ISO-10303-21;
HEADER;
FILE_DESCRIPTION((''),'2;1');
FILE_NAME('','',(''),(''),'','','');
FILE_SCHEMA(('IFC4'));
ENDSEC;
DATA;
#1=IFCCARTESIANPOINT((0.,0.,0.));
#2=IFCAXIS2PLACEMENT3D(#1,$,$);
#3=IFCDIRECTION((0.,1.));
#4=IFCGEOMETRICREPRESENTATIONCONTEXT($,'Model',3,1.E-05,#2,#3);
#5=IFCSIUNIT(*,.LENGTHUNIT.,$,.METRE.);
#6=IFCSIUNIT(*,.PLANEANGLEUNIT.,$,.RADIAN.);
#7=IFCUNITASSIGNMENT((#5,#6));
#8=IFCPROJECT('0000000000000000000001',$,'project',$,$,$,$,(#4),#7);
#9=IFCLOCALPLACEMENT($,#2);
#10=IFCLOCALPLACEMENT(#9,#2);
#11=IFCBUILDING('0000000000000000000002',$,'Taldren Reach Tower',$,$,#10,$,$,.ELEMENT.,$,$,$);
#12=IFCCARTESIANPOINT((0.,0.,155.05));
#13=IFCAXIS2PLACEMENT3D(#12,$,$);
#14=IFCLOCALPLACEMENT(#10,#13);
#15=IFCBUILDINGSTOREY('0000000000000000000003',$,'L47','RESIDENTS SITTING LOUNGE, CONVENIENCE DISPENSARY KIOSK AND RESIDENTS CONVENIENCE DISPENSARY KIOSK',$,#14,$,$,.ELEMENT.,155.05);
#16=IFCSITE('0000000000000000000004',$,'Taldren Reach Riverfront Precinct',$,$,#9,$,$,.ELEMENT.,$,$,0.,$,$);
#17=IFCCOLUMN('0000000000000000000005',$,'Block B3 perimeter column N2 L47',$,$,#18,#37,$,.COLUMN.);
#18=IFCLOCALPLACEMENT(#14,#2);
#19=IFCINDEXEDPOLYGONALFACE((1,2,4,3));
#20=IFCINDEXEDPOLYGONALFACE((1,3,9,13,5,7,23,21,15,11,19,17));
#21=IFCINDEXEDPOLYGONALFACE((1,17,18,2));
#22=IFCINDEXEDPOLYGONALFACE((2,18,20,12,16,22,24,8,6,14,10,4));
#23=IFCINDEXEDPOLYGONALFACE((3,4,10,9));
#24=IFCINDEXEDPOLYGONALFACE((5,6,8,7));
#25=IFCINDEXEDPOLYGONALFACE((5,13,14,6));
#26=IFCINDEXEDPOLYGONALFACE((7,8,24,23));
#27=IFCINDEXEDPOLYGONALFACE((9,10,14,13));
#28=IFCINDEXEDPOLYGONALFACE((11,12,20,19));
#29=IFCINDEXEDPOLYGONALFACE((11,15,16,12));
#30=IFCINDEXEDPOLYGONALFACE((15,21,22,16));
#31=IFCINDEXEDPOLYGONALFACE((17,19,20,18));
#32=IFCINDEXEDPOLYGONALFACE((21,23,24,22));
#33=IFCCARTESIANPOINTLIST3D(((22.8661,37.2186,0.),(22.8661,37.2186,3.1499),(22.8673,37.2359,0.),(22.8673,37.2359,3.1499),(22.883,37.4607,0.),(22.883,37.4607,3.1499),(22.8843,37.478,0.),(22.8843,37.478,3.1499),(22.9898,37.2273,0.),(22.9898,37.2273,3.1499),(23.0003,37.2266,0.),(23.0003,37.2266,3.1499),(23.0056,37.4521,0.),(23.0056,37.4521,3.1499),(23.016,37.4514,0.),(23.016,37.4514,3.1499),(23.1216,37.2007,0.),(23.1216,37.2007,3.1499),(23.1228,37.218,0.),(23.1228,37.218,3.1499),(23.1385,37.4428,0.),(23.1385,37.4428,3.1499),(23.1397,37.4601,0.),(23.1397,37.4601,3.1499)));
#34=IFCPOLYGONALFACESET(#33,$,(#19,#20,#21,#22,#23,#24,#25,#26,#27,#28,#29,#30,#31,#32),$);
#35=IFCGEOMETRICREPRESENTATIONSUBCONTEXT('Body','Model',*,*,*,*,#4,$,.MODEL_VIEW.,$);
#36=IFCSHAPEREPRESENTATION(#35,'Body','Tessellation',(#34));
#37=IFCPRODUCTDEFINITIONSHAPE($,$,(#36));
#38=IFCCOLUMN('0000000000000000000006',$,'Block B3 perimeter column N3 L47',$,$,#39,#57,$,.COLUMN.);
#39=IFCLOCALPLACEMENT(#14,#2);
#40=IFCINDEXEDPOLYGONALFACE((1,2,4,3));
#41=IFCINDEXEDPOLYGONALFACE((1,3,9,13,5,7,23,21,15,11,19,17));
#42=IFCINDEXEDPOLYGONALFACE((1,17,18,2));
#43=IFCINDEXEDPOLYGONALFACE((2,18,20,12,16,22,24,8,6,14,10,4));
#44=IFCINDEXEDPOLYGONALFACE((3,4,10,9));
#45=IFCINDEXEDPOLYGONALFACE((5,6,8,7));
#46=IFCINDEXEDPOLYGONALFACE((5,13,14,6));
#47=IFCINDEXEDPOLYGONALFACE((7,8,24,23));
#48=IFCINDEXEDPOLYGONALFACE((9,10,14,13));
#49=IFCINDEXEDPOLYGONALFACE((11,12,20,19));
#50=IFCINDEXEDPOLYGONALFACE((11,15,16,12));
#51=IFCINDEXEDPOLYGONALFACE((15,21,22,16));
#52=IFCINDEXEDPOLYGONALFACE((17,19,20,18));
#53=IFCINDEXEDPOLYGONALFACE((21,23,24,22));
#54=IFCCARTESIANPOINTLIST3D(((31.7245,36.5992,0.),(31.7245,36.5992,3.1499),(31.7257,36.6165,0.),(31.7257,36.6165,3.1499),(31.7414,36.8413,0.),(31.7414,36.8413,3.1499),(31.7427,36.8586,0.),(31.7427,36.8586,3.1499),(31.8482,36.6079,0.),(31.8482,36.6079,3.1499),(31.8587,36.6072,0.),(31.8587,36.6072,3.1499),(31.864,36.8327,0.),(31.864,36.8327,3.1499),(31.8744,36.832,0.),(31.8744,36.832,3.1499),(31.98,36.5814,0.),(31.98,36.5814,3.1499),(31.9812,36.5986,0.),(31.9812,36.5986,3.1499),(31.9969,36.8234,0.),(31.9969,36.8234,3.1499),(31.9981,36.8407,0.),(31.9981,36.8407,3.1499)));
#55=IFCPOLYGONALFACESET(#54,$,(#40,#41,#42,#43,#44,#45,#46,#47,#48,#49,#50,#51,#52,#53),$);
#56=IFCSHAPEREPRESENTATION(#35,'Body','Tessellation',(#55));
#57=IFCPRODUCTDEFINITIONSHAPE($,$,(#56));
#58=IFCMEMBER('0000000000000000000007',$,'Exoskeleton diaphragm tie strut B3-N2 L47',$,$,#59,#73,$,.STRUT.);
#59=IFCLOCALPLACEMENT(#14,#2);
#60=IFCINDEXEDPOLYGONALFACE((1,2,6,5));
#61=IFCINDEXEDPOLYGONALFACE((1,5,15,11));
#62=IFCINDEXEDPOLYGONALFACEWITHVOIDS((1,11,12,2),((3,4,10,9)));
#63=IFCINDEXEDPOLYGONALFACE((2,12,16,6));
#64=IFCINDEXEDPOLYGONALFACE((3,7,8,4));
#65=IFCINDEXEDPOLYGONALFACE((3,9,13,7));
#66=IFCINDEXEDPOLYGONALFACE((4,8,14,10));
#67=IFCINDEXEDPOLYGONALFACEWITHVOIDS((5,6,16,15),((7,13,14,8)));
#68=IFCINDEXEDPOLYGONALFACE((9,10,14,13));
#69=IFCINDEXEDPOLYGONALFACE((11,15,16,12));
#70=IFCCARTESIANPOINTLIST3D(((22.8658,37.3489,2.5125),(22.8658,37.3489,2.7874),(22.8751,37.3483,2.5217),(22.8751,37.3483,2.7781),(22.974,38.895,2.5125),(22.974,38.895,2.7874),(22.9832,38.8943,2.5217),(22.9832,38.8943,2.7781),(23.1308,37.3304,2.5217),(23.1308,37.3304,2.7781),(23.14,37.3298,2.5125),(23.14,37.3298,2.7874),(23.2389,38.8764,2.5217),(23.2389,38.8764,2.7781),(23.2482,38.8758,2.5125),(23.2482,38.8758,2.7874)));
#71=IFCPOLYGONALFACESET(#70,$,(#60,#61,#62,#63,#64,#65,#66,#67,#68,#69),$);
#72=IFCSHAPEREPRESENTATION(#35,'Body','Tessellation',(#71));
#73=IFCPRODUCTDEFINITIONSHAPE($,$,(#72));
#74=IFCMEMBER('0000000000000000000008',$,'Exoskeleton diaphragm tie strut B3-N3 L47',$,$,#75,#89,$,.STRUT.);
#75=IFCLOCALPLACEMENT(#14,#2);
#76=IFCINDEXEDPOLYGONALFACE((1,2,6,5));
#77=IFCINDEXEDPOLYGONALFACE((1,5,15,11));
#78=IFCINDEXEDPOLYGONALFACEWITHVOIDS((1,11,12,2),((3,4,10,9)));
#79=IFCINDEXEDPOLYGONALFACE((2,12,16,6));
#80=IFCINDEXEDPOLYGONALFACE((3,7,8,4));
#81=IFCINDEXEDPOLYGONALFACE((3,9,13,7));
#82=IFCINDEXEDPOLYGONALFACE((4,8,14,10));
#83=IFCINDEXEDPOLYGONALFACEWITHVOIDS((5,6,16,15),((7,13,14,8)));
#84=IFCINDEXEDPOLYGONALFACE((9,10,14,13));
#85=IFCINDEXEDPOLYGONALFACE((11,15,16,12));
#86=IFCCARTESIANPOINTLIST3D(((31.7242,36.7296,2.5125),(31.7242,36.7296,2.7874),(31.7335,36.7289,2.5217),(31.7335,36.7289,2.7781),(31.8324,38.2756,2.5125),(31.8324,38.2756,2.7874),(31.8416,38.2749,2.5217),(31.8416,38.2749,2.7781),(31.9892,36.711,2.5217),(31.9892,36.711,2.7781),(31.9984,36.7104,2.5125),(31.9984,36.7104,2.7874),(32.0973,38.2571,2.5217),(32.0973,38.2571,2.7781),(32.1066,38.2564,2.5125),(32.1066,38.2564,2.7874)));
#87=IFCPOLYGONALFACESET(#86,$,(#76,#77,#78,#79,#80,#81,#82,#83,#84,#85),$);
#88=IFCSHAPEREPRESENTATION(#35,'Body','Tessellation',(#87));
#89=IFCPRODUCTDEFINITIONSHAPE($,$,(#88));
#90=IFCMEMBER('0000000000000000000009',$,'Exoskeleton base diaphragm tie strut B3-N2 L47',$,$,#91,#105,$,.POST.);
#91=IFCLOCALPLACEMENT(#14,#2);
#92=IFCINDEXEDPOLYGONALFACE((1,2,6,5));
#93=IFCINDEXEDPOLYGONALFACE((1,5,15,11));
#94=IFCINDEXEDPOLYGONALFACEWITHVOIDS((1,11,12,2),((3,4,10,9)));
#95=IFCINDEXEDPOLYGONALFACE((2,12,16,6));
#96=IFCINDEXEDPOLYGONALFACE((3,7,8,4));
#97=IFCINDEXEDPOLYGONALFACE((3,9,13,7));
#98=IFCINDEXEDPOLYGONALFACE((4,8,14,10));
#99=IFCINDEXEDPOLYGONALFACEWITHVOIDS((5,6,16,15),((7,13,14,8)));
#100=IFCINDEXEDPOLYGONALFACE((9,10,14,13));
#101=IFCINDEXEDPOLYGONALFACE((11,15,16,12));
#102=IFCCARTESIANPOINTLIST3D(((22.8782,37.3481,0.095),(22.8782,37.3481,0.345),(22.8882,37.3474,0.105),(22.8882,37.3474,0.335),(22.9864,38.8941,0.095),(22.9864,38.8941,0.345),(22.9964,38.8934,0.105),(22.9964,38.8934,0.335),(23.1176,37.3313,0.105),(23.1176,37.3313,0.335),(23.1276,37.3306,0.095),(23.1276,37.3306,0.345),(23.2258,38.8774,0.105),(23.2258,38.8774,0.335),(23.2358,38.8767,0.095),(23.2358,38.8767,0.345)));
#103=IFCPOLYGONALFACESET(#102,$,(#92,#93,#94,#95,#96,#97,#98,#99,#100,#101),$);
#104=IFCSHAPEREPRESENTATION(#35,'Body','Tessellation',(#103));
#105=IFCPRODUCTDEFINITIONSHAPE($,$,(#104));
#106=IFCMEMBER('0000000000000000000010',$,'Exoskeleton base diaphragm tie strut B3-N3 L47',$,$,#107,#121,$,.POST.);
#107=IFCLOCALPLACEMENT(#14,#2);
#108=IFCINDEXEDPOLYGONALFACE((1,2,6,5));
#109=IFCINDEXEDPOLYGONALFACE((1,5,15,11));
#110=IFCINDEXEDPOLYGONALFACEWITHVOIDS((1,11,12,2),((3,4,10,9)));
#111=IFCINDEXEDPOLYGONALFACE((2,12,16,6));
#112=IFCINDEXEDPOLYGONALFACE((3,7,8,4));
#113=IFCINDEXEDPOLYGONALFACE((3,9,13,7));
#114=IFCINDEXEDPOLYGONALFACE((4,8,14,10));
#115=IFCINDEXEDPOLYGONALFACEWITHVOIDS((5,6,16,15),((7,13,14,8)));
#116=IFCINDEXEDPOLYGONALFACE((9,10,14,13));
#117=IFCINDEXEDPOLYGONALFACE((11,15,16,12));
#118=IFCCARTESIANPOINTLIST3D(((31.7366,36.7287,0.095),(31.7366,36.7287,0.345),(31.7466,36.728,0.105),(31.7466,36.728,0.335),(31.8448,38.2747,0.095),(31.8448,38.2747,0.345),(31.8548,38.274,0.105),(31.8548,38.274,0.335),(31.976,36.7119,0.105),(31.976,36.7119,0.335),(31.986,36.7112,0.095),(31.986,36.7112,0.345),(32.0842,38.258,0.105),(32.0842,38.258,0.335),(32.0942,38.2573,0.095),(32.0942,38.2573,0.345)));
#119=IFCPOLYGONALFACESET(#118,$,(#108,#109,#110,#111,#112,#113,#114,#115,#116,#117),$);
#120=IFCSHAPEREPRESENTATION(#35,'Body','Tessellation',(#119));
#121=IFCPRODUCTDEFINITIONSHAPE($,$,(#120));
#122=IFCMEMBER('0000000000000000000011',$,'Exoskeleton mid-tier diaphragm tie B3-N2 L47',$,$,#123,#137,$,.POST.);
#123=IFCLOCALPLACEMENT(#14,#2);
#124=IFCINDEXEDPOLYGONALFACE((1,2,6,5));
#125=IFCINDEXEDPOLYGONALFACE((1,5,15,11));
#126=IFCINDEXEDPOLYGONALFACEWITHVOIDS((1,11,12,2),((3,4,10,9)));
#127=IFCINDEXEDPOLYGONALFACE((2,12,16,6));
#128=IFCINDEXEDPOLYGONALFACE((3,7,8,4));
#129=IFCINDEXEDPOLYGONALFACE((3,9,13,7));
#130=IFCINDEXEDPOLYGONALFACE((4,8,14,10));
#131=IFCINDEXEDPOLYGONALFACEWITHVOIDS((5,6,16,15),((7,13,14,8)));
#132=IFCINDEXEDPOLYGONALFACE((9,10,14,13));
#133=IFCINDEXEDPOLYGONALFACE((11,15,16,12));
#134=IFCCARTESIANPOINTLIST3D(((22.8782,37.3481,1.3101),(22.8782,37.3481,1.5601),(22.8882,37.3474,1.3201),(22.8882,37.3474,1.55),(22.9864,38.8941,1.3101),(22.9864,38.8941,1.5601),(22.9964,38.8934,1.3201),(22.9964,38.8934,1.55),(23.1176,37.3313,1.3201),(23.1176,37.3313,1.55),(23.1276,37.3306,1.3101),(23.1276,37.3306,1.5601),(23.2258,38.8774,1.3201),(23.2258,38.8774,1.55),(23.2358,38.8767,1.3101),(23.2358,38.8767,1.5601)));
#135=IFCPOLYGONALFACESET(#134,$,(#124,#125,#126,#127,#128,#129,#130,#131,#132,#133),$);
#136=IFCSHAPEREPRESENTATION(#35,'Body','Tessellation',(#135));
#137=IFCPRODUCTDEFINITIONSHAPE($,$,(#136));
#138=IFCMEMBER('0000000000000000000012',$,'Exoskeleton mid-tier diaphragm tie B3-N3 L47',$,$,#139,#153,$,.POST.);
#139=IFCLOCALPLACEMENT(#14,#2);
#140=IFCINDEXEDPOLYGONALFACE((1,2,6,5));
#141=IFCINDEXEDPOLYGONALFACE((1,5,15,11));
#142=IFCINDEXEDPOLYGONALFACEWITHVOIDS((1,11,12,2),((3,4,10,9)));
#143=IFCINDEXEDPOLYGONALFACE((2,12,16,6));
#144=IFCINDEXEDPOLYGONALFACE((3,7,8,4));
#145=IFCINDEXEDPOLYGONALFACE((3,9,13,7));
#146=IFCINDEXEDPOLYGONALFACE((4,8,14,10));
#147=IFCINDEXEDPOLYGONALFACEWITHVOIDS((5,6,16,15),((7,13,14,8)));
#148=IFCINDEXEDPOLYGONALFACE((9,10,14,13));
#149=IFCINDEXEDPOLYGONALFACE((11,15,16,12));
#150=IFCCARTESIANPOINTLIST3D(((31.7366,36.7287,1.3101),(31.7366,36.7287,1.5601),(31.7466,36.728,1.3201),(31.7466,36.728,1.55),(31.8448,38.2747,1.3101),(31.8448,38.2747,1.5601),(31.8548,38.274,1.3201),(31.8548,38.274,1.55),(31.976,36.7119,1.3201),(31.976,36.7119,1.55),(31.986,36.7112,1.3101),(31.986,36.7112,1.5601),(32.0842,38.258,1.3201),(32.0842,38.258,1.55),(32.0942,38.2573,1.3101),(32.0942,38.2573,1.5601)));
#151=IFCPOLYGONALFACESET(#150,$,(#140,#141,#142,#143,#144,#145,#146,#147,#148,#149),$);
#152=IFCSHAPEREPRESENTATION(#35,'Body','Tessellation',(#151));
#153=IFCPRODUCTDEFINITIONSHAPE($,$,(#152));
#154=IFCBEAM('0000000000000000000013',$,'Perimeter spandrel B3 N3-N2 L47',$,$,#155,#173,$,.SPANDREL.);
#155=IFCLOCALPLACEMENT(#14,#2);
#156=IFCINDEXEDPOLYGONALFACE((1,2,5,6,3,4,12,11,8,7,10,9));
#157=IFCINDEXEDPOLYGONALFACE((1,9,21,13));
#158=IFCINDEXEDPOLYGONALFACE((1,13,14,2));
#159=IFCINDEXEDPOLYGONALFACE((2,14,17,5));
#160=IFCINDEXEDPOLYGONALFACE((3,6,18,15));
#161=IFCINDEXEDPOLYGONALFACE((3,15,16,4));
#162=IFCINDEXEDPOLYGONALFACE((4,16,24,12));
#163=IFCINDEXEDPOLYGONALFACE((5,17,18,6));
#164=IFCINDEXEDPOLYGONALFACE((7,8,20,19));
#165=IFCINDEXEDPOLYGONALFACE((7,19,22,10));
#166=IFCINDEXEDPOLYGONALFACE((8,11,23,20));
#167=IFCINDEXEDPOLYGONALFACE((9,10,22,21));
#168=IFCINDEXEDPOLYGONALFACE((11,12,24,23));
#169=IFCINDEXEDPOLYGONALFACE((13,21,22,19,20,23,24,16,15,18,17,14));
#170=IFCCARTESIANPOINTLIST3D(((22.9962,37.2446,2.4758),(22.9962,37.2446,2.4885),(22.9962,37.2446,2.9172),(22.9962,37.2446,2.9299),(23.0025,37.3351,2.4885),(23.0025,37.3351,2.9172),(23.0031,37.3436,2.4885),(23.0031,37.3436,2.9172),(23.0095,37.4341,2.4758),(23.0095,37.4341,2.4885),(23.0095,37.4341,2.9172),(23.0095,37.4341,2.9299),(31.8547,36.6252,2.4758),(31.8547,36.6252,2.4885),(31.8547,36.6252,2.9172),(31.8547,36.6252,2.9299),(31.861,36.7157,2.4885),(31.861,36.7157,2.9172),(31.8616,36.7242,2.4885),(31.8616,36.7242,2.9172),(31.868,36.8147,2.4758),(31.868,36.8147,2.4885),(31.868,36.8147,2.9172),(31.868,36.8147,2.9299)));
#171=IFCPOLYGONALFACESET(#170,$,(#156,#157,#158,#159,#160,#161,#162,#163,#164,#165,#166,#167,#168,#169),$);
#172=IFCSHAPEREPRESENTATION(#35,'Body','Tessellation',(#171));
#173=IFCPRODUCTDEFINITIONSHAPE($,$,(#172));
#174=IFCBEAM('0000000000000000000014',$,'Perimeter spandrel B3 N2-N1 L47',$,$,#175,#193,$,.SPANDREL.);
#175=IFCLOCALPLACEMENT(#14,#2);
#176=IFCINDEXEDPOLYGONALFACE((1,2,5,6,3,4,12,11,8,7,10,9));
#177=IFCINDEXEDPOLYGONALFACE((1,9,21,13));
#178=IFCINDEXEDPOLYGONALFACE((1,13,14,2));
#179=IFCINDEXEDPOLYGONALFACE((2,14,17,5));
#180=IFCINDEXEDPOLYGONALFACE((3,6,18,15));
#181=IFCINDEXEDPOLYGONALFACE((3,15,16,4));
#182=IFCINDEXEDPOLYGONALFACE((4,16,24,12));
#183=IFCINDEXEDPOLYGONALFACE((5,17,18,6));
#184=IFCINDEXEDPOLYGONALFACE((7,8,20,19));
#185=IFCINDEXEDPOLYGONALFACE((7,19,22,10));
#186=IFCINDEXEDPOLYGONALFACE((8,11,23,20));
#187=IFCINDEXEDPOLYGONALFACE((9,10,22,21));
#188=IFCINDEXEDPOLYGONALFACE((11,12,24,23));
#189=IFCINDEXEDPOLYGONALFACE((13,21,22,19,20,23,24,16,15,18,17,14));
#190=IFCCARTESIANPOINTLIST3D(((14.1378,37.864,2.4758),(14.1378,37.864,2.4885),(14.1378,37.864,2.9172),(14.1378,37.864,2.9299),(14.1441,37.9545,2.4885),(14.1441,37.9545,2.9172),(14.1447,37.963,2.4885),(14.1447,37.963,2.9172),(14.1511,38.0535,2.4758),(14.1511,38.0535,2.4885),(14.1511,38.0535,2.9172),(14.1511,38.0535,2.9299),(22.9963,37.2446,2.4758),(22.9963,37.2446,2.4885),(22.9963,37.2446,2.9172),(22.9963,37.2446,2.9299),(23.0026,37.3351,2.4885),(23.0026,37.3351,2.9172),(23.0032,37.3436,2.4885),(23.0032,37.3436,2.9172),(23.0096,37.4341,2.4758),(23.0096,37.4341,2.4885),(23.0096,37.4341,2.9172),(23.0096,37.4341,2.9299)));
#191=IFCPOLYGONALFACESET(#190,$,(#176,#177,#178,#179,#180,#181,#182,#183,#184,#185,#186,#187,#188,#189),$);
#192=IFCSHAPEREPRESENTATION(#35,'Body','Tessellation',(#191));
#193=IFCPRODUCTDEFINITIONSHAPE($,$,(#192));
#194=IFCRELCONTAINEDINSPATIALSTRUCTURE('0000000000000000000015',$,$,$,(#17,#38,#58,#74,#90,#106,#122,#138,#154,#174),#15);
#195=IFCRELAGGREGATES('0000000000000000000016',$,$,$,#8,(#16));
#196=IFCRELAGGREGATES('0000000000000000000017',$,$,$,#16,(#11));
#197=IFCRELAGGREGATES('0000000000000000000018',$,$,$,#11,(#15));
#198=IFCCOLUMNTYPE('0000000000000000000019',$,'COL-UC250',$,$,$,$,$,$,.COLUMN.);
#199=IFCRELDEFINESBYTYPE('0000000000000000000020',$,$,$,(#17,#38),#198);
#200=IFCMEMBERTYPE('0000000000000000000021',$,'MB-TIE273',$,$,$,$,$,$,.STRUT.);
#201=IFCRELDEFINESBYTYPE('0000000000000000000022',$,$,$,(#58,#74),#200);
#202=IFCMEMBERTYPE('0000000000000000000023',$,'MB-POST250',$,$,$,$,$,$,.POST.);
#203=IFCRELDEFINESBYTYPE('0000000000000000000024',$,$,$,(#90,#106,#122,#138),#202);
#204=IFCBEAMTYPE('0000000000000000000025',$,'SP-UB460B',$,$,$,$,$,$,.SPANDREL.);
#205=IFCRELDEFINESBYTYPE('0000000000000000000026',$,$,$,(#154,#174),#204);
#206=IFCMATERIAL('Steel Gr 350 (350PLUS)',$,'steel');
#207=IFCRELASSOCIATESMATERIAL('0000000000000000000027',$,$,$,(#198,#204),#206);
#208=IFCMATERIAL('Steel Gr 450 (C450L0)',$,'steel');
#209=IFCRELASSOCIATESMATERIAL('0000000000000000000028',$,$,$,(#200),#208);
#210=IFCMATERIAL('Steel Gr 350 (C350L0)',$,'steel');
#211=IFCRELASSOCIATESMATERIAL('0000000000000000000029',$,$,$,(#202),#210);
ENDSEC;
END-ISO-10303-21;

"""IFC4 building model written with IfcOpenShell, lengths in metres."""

from ifc_helpers import new_model, si_unit, direction, frame, origin, origin_2d, place, context, subcontext, project, spatial, hollow_rectangle, i_section, extrude, source, transform, mapped, material, material_profile, profile_set, type_object, element, save


model = new_model("IFC4")

# Units and contexts
model_context = context("Model", 3, precision=1e-05, world=origin(), true_north=direction((0.0, 1.0)))
body_context = subcontext(model_context, "Body", "Model", "MODEL_VIEW")
ifc_project = project(units=[si_unit("LENGTHUNIT", "METRE"), si_unit("PLANEANGLEUNIT", "RADIAN")], contexts=[model_context])

# Site, building, storey
site_placement = place(None, origin())
site = spatial("IfcSite", under=ifc_project, at=site_placement, Name="Taldren Reach Riverfront Precinct", CompositionType="ELEMENT", RefElevation=0.0)
building_placement = place(site_placement, origin())
building = spatial("IfcBuilding", under=site, at=building_placement, Name="Taldren Reach Tower", CompositionType="ELEMENT")
storey_placement = place(building_placement, frame((0.0, 0.0, 155.05)))
storey = spatial("IfcBuildingStorey", under=building, at=storey_placement, Name="L47", Description="RESIDENTS SITTING LOUNGE, CONVENIENCE DISPENSARY KIOSK AND RESIDENTS CONVENIENCE DISPENSARY KIOSK", CompositionType="ELEMENT", Elevation=155.05)

# Columns
ifc_material_1 = material(Name="Steel Gr 350 (350PLUS)", Category="steel")
ifc_material_profile_1 = material_profile(ifc_material_1, i_section(OverallWidth=0.2561, OverallDepth=0.26, WebThickness=0.0105, FlangeThickness=0.0173, at=origin_2d()), Name="250UC89.5")
ifc_profile_set_1 = profile_set([ifc_material_profile_1], Name="Steel Gr 350 (350PLUS)")
column_type = type_object("IfcColumnType", Name="COL-UC250", PredefinedType="COLUMN", material=ifc_profile_set_1)
shared_shape_1 = source(origin(), body_context, "Body", "SweptSolid", [
    extrude(i_section(OverallWidth=0.2561, OverallDepth=0.26, WebThickness=0.0105, FlangeThickness=0.0173, at=origin_2d()), origin(), (0.0, 0.0, 1.0), 3.1499),
])
for number, where, z_axis, x_axis, name in (
    (1, (23.0029, 37.3394, 0.0), (0.0, 0.0, 1.0), (0.997564, -0.069756, 0.0), "Block B3 perimeter column N2 L47"),
    (2, (31.8613, 36.72, 0.0), (0.0, 0.0, 1.0), (0.997564, -0.069756, 0.0), "Block B3 perimeter column N3 L47"),
):
    element("IfcColumn", number, at=place(storey_placement, frame(where, z_axis=z_axis, x_axis=x_axis)), inside=storey, type_object=column_type, Name=name, PredefinedType="COLUMN", context=body_context, shape_type="MappedRepresentation", body=[
        mapped(shared_shape_1, transform((0.0, 0.0, 0.0), scale=1.0)),
    ])

# Members
ifc_material_2 = material(Name="Steel Gr 450 (C450L0)", Category="steel")
ifc_material_profile_2 = material_profile(ifc_material_2, hollow_rectangle(XDim=0.2749, YDim=0.2749, WallThickness=0.0093, at=origin_2d()), Name="275x275x9.3SHS")
ifc_profile_set_2 = profile_set([ifc_material_profile_2], Name="Steel Gr 450 (C450L0)")
member_type_1 = type_object("IfcMemberType", Name="MB-TIE273", PredefinedType="STRUT", material=ifc_profile_set_2)
shared_shape_2 = source(origin(), body_context, "Body", "SweptSolid", [
    extrude(hollow_rectangle(XDim=0.2749, YDim=0.2749, WallThickness=0.0093, at=origin_2d()), origin(), (0.0, 0.0, 1.0), 1.5498),
])
for number, where, z_axis, x_axis, name in (
    (3, (23.0029, 37.3394, 2.6499), (0.069781, 0.997562, 0.0), (-0.997562, 0.069781, 0.0), "Exoskeleton diaphragm tie strut B3-N2 L47"),
    (4, (31.8613, 36.72, 2.6499), (0.069781, 0.997562, 0.0), (-0.997562, 0.069781, 0.0), "Exoskeleton diaphragm tie strut B3-N3 L47"),
):
    element("IfcMember", number, at=place(storey_placement, frame(where, z_axis=z_axis, x_axis=x_axis)), inside=storey, type_object=member_type_1, Name=name, PredefinedType="STRUT", context=body_context, shape_type="MappedRepresentation", body=[
        mapped(shared_shape_2, transform((0.0, 0.0, 0.0), scale=1.0)),
    ])
ifc_material_3 = material(Name="Steel Gr 350 (C350L0)", Category="steel")
ifc_material_profile_3 = material_profile(ifc_material_3, hollow_rectangle(XDim=0.25, YDim=0.25, WallThickness=0.01, at=origin_2d()), Name="250x250x10.0SHS")
ifc_profile_set_3 = profile_set([ifc_material_profile_3], Name="Steel Gr 350 (C350L0)")
member_type_2 = type_object("IfcMemberType", Name="MB-POST250", PredefinedType="POST", material=ifc_profile_set_3)
shared_shape_3 = source(origin(), body_context, "Body", "SweptSolid", [
    extrude(hollow_rectangle(XDim=0.25, YDim=0.25, WallThickness=0.01, at=origin_2d()), origin(), (0.0, 0.0, 1.0), 1.5498),
])
for number, where, z_axis, x_axis, name in (
    (5, (23.0029, 37.3394, 0.22), (0.069781, 0.997562, 0.0), (-0.997562, 0.069781, 0.0), "Exoskeleton base diaphragm tie strut B3-N2 L47"),
    (6, (31.8613, 36.72, 0.22), (0.069781, 0.997562, 0.0), (-0.997562, 0.069781, 0.0), "Exoskeleton base diaphragm tie strut B3-N3 L47"),
    (7, (23.0029, 37.3394, 1.4351), (0.069781, 0.997562, 0.0), (-0.997562, 0.069781, 0.0), "Exoskeleton mid-tier diaphragm tie B3-N2 L47"),
    (8, (31.8613, 36.72, 1.4351), (0.069781, 0.997562, 0.0), (-0.997562, 0.069781, 0.0), "Exoskeleton mid-tier diaphragm tie B3-N3 L47"),
):
    element("IfcMember", number, at=place(storey_placement, frame(where, z_axis=z_axis, x_axis=x_axis)), inside=storey, type_object=member_type_2, Name=name, PredefinedType="POST", context=body_context, shape_type="MappedRepresentation", body=[
        mapped(shared_shape_3, transform((0.0, 0.0, 0.0), scale=1.0)),
    ])

# Beams
ifc_material_profile_4 = material_profile(ifc_material_1, i_section(OverallWidth=0.1899, OverallDepth=0.4541, WebThickness=0.0085, FlangeThickness=0.0127, at=origin_2d()), Name="460UB67.1")
ifc_profile_set_4 = profile_set([ifc_material_profile_4], Name="Steel Gr 350 (350PLUS)")
beam_type = type_object("IfcBeamType", Name="SP-UB460B", PredefinedType="SPANDREL", material=ifc_profile_set_4)
shared_shape_4 = source(origin(), body_context, "Body", "SweptSolid", [
    extrude(i_section(OverallWidth=0.1899, OverallDepth=0.4541, WebThickness=0.0085, FlangeThickness=0.0127, at=origin_2d()), origin(), (0.0, 0.0, 1.0), 8.8801),
])
for number, where, z_axis, x_axis, name in (
    (9, (31.8613, 36.72, 2.7029), (-0.997564, 0.06975, 0.0), (-0.06975, -0.997564, 0.0), "Perimeter spandrel B3 N3-N2 L47"),
    (10, (23.0029, 37.3394, 2.7029), (-0.997564, 0.06975, 0.0), (-0.06975, -0.997564, 0.0), "Perimeter spandrel B3 N2-N1 L47"),
):
    element("IfcBeam", number, at=place(storey_placement, frame(where, z_axis=z_axis, x_axis=x_axis)), inside=storey, type_object=beam_type, Name=name, PredefinedType="SPANDREL", context=body_context, shape_type="MappedRepresentation", body=[
        mapped(shared_shape_4, transform((0.0, 0.0, 0.0), scale=1.0)),
    ])

save(model, "model.ifc")
